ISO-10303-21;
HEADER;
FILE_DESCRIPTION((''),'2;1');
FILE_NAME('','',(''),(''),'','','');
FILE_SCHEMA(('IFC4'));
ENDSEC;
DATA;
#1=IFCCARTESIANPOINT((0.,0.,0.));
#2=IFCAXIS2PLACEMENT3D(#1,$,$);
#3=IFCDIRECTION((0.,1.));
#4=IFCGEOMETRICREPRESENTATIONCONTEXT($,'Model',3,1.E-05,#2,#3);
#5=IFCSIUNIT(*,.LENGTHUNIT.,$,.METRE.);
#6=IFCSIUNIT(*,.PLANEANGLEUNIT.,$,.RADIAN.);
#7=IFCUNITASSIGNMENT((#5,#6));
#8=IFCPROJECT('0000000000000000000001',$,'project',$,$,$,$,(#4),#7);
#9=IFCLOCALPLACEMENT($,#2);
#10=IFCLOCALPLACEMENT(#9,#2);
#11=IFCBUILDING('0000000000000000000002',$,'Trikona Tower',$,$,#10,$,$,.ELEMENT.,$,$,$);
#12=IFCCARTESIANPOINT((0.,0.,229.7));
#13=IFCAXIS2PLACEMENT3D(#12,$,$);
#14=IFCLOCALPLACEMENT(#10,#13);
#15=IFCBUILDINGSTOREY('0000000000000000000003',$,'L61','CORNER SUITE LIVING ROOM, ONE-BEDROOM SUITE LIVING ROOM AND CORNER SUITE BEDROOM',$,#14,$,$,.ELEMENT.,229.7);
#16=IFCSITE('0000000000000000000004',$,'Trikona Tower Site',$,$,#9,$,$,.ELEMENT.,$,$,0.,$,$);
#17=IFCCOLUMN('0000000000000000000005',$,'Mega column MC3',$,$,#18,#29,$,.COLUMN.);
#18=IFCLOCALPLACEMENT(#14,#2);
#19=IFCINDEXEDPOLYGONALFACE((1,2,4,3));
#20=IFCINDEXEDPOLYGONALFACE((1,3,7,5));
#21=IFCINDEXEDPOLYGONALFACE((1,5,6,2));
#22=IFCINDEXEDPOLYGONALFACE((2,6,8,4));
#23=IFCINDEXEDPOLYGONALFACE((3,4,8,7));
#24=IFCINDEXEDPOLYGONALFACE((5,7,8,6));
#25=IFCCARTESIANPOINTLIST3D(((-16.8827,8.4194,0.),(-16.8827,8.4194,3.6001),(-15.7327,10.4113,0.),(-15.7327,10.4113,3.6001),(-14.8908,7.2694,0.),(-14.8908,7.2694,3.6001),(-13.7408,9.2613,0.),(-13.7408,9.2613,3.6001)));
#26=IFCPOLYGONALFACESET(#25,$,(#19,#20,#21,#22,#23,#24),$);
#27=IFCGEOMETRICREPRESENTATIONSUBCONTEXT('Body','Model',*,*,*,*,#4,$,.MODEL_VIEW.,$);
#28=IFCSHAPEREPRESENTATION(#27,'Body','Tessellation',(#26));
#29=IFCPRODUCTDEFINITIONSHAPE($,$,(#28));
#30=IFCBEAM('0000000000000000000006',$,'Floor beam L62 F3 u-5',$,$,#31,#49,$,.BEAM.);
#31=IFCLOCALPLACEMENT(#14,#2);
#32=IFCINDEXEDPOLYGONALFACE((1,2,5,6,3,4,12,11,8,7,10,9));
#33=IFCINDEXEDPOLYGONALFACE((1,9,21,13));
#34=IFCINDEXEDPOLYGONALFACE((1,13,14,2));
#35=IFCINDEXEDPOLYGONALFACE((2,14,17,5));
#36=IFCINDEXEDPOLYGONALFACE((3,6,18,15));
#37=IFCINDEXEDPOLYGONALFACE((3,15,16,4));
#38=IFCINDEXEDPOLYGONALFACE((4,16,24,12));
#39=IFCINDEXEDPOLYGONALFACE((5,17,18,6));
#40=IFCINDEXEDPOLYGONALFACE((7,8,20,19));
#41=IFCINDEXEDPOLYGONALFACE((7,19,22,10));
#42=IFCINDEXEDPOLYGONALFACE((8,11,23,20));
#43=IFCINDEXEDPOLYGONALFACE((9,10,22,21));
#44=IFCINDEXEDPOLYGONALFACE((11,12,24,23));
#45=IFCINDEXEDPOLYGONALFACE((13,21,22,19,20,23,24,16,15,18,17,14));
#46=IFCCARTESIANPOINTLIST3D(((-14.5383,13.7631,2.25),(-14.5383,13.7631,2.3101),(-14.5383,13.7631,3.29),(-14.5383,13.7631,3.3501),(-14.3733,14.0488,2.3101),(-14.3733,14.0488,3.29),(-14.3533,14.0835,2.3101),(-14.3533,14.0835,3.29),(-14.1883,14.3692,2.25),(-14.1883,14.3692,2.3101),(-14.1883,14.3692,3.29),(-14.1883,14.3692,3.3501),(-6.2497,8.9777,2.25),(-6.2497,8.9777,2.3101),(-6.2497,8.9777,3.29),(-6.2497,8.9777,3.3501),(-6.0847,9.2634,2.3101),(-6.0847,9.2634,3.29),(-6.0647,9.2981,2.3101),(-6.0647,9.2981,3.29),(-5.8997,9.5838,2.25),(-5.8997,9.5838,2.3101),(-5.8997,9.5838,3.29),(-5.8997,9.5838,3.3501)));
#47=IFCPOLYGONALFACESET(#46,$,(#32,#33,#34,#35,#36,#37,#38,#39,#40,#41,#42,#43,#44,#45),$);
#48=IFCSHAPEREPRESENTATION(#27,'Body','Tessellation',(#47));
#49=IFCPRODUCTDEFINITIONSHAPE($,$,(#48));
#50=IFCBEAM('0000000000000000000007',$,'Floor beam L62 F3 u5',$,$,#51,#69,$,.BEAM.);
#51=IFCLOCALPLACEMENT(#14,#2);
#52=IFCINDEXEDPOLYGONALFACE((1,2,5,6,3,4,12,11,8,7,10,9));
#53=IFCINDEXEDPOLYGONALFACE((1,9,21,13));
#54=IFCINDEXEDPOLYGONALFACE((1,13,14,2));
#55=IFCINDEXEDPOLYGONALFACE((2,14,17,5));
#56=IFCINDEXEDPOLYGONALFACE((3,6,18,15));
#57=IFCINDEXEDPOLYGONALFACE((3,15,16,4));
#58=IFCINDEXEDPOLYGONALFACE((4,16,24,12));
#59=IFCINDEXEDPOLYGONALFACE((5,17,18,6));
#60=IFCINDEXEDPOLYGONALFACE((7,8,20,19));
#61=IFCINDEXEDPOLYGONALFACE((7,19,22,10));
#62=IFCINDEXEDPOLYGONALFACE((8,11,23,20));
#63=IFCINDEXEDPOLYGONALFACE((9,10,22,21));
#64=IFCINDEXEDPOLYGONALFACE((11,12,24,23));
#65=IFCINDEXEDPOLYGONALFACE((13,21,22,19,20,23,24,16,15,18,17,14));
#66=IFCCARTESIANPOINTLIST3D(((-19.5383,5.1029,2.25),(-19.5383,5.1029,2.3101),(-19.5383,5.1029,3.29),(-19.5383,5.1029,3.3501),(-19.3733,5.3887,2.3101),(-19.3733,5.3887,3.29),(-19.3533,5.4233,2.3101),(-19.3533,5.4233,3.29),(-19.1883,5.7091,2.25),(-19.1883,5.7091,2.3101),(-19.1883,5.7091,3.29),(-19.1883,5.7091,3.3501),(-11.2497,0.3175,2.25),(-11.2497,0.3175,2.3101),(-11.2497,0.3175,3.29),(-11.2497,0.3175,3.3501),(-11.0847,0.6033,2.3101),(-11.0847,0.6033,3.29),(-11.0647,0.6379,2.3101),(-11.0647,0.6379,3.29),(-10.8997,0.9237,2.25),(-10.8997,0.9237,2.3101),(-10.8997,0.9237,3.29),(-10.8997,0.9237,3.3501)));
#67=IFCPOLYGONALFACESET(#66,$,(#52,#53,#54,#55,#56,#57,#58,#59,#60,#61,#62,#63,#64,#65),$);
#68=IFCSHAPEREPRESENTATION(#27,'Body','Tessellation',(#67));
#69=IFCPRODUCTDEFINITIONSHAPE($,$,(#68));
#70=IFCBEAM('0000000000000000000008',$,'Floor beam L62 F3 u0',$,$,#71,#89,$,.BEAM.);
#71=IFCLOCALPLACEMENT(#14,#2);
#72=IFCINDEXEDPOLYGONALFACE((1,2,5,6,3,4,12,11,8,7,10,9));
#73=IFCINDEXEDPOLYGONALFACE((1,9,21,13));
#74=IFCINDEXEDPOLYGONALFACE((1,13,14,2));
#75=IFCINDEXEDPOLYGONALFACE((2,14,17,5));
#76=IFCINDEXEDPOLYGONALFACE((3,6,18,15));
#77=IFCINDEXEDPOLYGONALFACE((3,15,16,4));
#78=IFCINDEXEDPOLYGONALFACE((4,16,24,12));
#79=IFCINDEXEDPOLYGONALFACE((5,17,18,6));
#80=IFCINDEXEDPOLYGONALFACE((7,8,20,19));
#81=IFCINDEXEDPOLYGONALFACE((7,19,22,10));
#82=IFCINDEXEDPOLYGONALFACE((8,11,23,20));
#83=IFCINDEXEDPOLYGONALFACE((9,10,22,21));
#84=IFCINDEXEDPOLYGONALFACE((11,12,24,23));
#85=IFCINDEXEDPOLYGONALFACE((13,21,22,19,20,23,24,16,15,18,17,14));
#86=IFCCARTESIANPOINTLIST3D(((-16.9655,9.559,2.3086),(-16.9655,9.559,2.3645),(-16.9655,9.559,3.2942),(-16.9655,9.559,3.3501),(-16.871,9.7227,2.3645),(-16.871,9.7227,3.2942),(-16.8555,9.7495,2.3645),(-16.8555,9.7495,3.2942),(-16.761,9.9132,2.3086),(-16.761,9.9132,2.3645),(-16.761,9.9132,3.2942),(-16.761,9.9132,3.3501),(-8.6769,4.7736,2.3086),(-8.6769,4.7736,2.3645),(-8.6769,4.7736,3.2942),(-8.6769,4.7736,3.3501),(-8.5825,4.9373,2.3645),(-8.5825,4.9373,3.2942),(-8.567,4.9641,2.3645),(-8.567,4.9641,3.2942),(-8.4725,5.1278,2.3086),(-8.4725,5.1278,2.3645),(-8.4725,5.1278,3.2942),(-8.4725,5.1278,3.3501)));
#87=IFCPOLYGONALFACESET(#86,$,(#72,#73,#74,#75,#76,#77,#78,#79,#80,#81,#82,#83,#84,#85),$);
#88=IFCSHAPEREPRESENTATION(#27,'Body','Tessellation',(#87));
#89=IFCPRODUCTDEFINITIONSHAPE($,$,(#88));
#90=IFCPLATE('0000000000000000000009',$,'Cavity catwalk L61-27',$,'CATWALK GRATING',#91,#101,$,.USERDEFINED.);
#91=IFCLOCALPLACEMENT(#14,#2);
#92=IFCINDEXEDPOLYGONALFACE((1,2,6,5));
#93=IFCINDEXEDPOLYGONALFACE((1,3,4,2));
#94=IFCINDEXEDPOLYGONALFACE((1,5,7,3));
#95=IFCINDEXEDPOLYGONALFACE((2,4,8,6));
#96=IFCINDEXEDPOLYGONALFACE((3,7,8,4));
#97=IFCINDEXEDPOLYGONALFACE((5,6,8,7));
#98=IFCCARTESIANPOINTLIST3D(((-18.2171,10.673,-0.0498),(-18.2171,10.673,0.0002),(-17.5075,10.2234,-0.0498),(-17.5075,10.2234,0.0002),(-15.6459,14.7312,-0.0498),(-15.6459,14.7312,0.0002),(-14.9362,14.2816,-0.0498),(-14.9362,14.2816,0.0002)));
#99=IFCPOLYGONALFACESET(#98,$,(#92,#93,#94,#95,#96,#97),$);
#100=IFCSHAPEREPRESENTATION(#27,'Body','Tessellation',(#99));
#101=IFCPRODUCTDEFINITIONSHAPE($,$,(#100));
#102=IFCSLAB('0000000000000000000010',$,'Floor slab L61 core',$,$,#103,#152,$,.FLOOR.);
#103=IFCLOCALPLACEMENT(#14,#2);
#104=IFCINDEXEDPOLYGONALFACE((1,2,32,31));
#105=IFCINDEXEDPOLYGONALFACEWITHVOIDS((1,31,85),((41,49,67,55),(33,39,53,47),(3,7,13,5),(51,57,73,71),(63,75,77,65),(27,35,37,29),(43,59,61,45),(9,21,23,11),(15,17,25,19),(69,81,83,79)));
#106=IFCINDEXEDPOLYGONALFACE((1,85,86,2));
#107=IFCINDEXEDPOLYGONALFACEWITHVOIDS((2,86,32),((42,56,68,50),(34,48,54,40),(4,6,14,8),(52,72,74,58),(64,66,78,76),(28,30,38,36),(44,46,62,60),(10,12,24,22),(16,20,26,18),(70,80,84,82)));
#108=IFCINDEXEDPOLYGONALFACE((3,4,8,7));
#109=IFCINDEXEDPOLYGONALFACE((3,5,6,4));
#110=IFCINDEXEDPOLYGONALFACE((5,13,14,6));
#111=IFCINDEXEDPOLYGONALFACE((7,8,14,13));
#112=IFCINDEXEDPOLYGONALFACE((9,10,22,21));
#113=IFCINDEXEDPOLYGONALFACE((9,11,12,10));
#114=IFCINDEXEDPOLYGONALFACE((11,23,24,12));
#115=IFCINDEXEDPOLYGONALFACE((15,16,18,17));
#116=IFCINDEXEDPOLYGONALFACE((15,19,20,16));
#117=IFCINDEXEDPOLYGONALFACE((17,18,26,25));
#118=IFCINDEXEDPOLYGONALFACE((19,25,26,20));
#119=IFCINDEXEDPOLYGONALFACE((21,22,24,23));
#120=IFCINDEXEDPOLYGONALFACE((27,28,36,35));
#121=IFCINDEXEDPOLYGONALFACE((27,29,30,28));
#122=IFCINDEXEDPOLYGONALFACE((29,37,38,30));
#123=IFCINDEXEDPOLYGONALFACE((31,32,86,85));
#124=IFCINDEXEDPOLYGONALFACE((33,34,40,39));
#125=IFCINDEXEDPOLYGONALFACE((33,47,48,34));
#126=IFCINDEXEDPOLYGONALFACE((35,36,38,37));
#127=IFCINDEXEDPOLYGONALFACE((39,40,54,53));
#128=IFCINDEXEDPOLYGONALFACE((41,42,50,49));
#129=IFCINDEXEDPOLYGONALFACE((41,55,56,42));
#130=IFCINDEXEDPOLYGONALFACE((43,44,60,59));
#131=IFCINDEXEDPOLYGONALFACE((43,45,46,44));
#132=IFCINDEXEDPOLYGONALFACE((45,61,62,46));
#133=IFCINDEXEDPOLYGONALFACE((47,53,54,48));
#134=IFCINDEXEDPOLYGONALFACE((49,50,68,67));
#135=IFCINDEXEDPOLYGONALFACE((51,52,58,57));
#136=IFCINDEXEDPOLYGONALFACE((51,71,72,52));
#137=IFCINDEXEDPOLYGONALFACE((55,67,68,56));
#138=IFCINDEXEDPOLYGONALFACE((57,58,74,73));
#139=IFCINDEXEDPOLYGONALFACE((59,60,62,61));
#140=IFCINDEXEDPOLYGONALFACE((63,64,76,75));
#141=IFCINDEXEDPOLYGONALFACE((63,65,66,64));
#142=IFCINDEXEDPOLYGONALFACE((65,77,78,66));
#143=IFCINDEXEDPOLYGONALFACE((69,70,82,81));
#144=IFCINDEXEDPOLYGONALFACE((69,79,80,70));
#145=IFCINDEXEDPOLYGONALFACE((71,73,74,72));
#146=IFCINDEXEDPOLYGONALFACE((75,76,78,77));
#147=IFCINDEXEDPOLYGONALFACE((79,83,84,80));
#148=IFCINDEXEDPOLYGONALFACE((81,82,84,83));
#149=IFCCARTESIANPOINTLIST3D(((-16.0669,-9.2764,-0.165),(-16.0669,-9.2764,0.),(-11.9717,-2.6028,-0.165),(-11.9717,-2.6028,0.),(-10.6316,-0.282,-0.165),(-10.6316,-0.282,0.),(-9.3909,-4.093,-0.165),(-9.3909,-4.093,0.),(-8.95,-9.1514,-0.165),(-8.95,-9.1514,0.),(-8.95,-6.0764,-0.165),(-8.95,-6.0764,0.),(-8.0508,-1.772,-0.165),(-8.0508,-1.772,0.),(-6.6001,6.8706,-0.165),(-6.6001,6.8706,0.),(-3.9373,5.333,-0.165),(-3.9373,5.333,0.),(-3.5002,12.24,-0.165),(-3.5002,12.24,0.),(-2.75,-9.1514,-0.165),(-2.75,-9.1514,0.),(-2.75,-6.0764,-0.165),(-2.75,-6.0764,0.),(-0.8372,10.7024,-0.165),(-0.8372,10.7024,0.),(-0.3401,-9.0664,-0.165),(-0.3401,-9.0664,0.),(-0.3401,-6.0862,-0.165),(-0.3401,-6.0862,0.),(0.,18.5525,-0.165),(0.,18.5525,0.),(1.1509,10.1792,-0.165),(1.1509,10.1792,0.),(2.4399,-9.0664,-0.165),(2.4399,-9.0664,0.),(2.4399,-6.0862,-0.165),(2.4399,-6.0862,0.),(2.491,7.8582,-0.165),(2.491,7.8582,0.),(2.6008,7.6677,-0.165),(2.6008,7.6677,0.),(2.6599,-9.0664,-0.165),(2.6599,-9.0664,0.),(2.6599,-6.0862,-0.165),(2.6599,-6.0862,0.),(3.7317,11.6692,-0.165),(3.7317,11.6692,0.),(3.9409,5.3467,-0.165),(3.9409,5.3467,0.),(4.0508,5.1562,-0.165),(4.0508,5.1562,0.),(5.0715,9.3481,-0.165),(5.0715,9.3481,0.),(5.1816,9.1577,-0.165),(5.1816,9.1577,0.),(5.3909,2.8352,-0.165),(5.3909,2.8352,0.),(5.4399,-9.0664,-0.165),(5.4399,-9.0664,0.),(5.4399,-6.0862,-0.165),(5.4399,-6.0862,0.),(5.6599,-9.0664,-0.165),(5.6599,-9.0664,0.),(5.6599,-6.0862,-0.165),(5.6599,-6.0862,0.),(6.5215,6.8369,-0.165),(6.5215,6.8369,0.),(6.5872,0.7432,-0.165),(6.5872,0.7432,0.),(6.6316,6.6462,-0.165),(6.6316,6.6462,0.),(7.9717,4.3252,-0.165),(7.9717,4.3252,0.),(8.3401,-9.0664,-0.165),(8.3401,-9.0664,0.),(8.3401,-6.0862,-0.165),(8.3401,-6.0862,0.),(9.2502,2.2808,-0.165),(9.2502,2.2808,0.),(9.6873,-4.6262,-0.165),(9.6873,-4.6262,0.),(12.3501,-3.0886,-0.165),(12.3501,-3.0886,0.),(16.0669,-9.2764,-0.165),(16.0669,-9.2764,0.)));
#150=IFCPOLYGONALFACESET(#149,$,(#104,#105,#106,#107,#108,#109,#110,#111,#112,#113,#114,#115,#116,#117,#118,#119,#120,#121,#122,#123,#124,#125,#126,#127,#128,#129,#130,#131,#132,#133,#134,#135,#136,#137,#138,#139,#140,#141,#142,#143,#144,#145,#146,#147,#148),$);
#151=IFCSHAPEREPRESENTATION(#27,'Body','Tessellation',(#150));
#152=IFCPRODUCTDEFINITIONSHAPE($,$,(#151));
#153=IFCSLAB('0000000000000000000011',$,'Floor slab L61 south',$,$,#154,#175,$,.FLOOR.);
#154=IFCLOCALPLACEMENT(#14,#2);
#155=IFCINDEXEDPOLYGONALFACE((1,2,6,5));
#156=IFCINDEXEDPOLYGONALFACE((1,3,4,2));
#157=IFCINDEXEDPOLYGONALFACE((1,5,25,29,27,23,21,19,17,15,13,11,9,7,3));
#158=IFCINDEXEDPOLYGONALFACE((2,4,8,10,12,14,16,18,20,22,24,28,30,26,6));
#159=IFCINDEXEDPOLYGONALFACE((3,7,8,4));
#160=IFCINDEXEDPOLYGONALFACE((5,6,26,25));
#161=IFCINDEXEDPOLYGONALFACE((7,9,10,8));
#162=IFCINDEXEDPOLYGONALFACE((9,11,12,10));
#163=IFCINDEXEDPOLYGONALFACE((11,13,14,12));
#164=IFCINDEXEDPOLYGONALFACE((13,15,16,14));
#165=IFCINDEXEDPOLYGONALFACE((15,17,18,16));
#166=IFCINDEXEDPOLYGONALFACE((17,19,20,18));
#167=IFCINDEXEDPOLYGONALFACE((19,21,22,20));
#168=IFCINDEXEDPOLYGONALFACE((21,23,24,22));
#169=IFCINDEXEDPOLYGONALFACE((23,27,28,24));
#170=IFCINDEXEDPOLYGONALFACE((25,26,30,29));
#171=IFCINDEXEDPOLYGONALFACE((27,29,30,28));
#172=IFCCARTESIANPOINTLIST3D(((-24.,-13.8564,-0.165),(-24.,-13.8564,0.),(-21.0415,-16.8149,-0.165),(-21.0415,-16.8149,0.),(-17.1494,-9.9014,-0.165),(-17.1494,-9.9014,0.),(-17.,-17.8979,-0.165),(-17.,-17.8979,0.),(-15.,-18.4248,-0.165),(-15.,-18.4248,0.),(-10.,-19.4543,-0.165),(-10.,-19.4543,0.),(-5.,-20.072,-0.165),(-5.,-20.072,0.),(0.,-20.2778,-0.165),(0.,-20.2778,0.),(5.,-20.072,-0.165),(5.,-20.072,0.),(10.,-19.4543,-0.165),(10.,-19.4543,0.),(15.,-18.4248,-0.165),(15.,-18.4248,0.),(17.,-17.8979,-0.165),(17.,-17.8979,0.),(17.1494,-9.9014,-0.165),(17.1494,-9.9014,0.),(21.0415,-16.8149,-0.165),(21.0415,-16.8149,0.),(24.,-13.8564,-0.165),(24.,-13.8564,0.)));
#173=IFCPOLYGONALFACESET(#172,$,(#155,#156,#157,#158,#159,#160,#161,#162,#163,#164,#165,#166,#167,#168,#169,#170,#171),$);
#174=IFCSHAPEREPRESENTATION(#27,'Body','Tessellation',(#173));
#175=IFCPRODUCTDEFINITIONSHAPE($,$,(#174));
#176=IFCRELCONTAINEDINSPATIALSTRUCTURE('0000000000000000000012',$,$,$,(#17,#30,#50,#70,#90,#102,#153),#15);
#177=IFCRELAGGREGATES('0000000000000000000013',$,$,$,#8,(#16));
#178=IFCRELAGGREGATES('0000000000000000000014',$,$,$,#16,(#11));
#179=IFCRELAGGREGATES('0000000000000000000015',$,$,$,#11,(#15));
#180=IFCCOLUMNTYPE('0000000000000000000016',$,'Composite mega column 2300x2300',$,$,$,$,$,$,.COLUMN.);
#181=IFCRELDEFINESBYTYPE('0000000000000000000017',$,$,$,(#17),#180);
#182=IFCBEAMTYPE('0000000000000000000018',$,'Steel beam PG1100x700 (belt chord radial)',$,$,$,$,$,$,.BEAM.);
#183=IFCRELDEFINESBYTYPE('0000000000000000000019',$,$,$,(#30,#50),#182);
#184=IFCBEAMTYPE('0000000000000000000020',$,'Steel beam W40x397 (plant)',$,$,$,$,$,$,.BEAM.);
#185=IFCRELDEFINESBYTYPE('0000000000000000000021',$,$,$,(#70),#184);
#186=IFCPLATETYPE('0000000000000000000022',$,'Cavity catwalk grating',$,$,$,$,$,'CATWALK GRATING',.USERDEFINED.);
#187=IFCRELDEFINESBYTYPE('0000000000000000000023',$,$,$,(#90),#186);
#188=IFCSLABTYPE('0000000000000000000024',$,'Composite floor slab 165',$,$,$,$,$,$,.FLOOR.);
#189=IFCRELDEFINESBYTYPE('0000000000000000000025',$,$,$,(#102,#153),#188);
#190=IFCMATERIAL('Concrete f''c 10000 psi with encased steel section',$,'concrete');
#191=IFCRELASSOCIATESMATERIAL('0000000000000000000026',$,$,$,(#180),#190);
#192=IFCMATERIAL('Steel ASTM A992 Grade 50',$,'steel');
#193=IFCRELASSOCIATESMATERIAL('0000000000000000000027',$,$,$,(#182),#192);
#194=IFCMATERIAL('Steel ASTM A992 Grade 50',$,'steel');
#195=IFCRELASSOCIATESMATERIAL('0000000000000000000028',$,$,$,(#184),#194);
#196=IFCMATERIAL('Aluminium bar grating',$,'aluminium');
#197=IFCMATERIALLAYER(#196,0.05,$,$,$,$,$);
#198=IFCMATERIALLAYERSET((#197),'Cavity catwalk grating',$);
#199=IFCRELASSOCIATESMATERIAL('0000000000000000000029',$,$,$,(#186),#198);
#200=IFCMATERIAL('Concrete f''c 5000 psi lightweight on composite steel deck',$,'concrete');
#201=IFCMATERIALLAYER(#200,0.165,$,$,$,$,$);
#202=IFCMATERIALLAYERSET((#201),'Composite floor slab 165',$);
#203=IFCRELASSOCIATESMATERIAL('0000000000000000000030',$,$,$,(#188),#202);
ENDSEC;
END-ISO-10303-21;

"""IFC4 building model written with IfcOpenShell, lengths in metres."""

from ifc_helpers import new_model, si_unit, direction, frame, origin, origin_2d, place, context, subcontext, project, spatial, polyline, rectangle, i_section, outline, extrude, material, layer, layer_set, material_profile, profile_set, type_object, element, save


model = new_model("IFC4")

# Units and contexts
model_context = context("Model", 3, precision=1e-05, world=origin(), true_north=direction((0.0, 1.0)))
body_context = subcontext(model_context, "Body", "Model", "MODEL_VIEW")
ifc_project = project(units=[si_unit("LENGTHUNIT", "METRE"), si_unit("PLANEANGLEUNIT", "RADIAN")], contexts=[model_context])

# Site, building, storey
site_placement = place(None, origin())
site = spatial("IfcSite", under=ifc_project, at=site_placement, Name="Trikona Tower Site", CompositionType="ELEMENT", RefElevation=0.0)
building_placement = place(site_placement, origin())
building = spatial("IfcBuilding", under=site, at=building_placement, Name="Trikona Tower", CompositionType="ELEMENT")
storey_placement = place(building_placement, frame((0.0, 0.0, 229.7)))
storey = spatial("IfcBuildingStorey", under=building, at=storey_placement, Name="L61", Description="CORNER SUITE LIVING ROOM, ONE-BEDROOM SUITE LIVING ROOM AND CORNER SUITE BEDROOM", CompositionType="ELEMENT", Elevation=229.7)

# Column
ifc_material_1 = material(Name="Concrete f'c 10000 psi with encased steel section", Category="concrete")
ifc_material_profile_1 = material_profile(ifc_material_1, rectangle(XDim=2.3, YDim=2.3, at=origin_2d()), Name="MC2300")
ifc_profile_set_1 = profile_set([ifc_material_profile_1], Name="Concrete f'c 10000 psi with encased steel section")
column_type = type_object("IfcColumnType", Name="Composite mega column 2300x2300", PredefinedType="COLUMN", material=ifc_profile_set_1)
column_placement = place(storey_placement, frame((-15.3118, 8.8403, 0.0), z_axis=(0.0, 0.0, 1.0), x_axis=(-0.866025, 0.5, 0.0)))
element("IfcColumn", 1, at=column_placement, inside=storey, type_object=column_type, Name="Mega column MC3", PredefinedType="COLUMN", context=body_context, shape_type="SweptSolid", body=[
    extrude(rectangle(XDim=2.3, YDim=2.3, at=origin_2d()), origin(), (0.0, 0.0, 1.0), 3.6001),
])

# Beams
ifc_material_2 = material(Name="Steel ASTM A992 Grade 50", Category="steel")
ifc_material_profile_2 = material_profile(ifc_material_2, i_section(OverallWidth=0.7, OverallDepth=1.1001, WebThickness=0.04, FlangeThickness=0.0601, at=origin_2d()), Name="PG1100X700")
ifc_profile_set_2 = profile_set([ifc_material_profile_2], Name="Steel ASTM A992 Grade 50")
beam_type_1 = type_object("IfcBeamType", Name="Steel beam PG1100x700 (belt chord radial)", PredefinedType="BEAM", material=ifc_profile_set_2)
for number, where, z_axis, x_axis, name in (
    (2, (-6.0747, 9.2808, 2.8), (-0.866026, 0.499999, 0.0), (-0.499999, -0.866026, 0.0), "Floor beam L62 F3 u-5"),
    (3, (-11.0747, 0.6206, 2.8), (-0.866026, 0.499999, 0.0), (-0.499999, -0.866026, 0.0), "Floor beam L62 F3 u5"),
):
    element("IfcBeam", number, at=place(storey_placement, frame(where, z_axis=z_axis, x_axis=x_axis)), inside=storey, type_object=beam_type_1, Name=name, PredefinedType="BEAM", context=body_context, shape_type="SweptSolid", body=[
        extrude(i_section(OverallWidth=0.7, OverallDepth=1.1001, WebThickness=0.04, FlangeThickness=0.0601, at=origin_2d()), origin(), (0.0, 0.0, 1.0), 9.5708),
    ])
ifc_material_3 = material(Name="Steel ASTM A992 Grade 50", Category="steel")
ifc_material_profile_3 = material_profile(ifc_material_3, i_section(OverallWidth=0.4089, OverallDepth=1.0415, WebThickness=0.031, FlangeThickness=0.0559, at=origin_2d()), Name="W40X397")
ifc_profile_set_3 = profile_set([ifc_material_profile_3], Name="Steel ASTM A992 Grade 50")
beam_type_2 = type_object("IfcBeamType", Name="Steel beam W40x397 (plant)", PredefinedType="BEAM", material=ifc_profile_set_3)
beam_placement = place(storey_placement, frame((-8.5747, 4.9507, 2.8293), z_axis=(-0.866026, 0.499999, 0.0), x_axis=(-0.499999, -0.866026, 0.0)))
element("IfcBeam", 4, at=beam_placement, inside=storey, type_object=beam_type_2, Name="Floor beam L62 F3 u0", PredefinedType="BEAM", context=body_context, shape_type="SweptSolid", body=[
    extrude(i_section(OverallWidth=0.4089, OverallDepth=1.0415, WebThickness=0.031, FlangeThickness=0.0559, at=origin_2d()), origin(), (0.0, 0.0, 1.0), 9.5708),
])

# Plate
ifc_material_4 = material(Name="Aluminium bar grating", Category="aluminium")
ifc_layer_1 = layer(ifc_material_4, 0.05)
ifc_layer_set_1 = layer_set([ifc_layer_1], Name="Cavity catwalk grating")
plate_type = type_object("IfcPlateType", Name="Cavity catwalk grating", ElementType="CATWALK GRATING", PredefinedType="USERDEFINED", material=ifc_layer_set_1)
plate_placement = place(storey_placement, frame((-16.5767, 12.4773, -0.0498), z_axis=(0.0, 0.0, 1.0), x_axis=(-0.535205, -0.844722, 0.0)))
element("IfcPlate", 5, at=plate_placement, inside=storey, type_object=plate_type, Name="Cavity catwalk L61-27", ObjectType="CATWALK GRATING", PredefinedType="USERDEFINED", context=body_context, shape_type="SweptSolid", body=[
    extrude(rectangle(XDim=4.8042, YDim=0.8401, at=origin_2d()), origin(), (0.0, 0.0, 1.0), 0.05),
])

# Slabs
ifc_material_5 = material(Name="Concrete f'c 5000 psi lightweight on composite steel deck", Category="concrete")
ifc_layer_2 = layer(ifc_material_5, 0.165)
ifc_layer_set_2 = layer_set([ifc_layer_2], Name="Composite floor slab 165")
slab_type = type_object("IfcSlabType", Name="Composite floor slab 165", PredefinedType="FLOOR", material=ifc_layer_set_2)
slab_1_placement = place(storey_placement, frame((0.0, 0.0, -0.165)))
element("IfcSlab", 6, at=slab_1_placement, inside=storey, type_object=slab_type, Name="Floor slab L61 core", PredefinedType="FLOOR", context=body_context, shape_type="SweptSolid", body=[
    extrude(outline(polyline([(-16.0669, -9.2764), (16.0669, -9.2764), (0.0, 18.5525), (-16.0669, -9.2764)]), holes=[polyline([(6.5872, 0.7432), (9.6873, -4.6262), (12.3501, -3.0886), (9.2502, 2.2808), (6.5872, 0.7432)]), polyline([(5.6599, -6.0862), (5.6599, -9.0664), (8.3401, -9.0664), (8.3401, -6.0862), (5.6599, -6.0862)]), polyline([(6.6316, 6.6462), (4.0508, 5.1562), (5.3909, 2.8352), (7.9717, 4.3252), (6.6316, 6.6462)]), polyline([(6.5215, 6.8369), (5.1816, 9.1577), (2.6008, 7.6677), (3.9409, 5.3467), (6.5215, 6.8369)]), polyline([(2.6599, -9.0664), (5.4399, -9.0664), (5.4399, -6.0862), (2.6599, -6.0862), (2.6599, -9.0664)]), polyline([(2.491, 7.8582), (5.0715, 9.3481), (3.7317, 11.6692), (1.1509, 10.1792), (2.491, 7.8582)]), polyline([(2.4399, -9.0664), (2.4399, -6.0862), (-0.3401, -6.0862), (-0.3401, -9.0664), (2.4399, -9.0664)]), polyline([(-3.9373, 5.333), (-0.8372, 10.7024), (-3.5002, 12.24), (-6.6001, 6.8706), (-3.9373, 5.333)]), polyline([(-2.75, -6.0764), (-8.95, -6.0764), (-8.95, -9.1514), (-2.75, -9.1514), (-2.75, -6.0764)]), polyline([(-11.9717, -2.6028), (-9.3909, -4.093), (-8.0508, -1.772), (-10.6316, -0.282), (-11.9717, -2.6028)])]), origin(), (0.0, 0.0, 1.0), 0.165),
])
slab_2_placement = place(storey_placement, frame((0.0, 0.0, -0.165)))
element("IfcSlab", 7, at=slab_2_placement, inside=storey, type_object=slab_type, Name="Floor slab L61 south", PredefinedType="FLOOR", context=body_context, shape_type="SweptSolid", body=[
    extrude(outline(polyline([(21.0415, -16.8149), (24.0, -13.8564), (17.1494, -9.9014), (-17.1494, -9.9014), (-24.0, -13.8564), (-21.0415, -16.8149), (-17.0, -17.8979), (-15.0, -18.4248), (-10.0, -19.4543), (-5.0, -20.072), (0.0, -20.2778), (5.0, -20.072), (10.0, -19.4543), (15.0, -18.4248), (17.0, -17.8979), (21.0415, -16.8149)])), origin(), (0.0, 0.0, 1.0), 0.165),
])

save(model, "model.ifc")
